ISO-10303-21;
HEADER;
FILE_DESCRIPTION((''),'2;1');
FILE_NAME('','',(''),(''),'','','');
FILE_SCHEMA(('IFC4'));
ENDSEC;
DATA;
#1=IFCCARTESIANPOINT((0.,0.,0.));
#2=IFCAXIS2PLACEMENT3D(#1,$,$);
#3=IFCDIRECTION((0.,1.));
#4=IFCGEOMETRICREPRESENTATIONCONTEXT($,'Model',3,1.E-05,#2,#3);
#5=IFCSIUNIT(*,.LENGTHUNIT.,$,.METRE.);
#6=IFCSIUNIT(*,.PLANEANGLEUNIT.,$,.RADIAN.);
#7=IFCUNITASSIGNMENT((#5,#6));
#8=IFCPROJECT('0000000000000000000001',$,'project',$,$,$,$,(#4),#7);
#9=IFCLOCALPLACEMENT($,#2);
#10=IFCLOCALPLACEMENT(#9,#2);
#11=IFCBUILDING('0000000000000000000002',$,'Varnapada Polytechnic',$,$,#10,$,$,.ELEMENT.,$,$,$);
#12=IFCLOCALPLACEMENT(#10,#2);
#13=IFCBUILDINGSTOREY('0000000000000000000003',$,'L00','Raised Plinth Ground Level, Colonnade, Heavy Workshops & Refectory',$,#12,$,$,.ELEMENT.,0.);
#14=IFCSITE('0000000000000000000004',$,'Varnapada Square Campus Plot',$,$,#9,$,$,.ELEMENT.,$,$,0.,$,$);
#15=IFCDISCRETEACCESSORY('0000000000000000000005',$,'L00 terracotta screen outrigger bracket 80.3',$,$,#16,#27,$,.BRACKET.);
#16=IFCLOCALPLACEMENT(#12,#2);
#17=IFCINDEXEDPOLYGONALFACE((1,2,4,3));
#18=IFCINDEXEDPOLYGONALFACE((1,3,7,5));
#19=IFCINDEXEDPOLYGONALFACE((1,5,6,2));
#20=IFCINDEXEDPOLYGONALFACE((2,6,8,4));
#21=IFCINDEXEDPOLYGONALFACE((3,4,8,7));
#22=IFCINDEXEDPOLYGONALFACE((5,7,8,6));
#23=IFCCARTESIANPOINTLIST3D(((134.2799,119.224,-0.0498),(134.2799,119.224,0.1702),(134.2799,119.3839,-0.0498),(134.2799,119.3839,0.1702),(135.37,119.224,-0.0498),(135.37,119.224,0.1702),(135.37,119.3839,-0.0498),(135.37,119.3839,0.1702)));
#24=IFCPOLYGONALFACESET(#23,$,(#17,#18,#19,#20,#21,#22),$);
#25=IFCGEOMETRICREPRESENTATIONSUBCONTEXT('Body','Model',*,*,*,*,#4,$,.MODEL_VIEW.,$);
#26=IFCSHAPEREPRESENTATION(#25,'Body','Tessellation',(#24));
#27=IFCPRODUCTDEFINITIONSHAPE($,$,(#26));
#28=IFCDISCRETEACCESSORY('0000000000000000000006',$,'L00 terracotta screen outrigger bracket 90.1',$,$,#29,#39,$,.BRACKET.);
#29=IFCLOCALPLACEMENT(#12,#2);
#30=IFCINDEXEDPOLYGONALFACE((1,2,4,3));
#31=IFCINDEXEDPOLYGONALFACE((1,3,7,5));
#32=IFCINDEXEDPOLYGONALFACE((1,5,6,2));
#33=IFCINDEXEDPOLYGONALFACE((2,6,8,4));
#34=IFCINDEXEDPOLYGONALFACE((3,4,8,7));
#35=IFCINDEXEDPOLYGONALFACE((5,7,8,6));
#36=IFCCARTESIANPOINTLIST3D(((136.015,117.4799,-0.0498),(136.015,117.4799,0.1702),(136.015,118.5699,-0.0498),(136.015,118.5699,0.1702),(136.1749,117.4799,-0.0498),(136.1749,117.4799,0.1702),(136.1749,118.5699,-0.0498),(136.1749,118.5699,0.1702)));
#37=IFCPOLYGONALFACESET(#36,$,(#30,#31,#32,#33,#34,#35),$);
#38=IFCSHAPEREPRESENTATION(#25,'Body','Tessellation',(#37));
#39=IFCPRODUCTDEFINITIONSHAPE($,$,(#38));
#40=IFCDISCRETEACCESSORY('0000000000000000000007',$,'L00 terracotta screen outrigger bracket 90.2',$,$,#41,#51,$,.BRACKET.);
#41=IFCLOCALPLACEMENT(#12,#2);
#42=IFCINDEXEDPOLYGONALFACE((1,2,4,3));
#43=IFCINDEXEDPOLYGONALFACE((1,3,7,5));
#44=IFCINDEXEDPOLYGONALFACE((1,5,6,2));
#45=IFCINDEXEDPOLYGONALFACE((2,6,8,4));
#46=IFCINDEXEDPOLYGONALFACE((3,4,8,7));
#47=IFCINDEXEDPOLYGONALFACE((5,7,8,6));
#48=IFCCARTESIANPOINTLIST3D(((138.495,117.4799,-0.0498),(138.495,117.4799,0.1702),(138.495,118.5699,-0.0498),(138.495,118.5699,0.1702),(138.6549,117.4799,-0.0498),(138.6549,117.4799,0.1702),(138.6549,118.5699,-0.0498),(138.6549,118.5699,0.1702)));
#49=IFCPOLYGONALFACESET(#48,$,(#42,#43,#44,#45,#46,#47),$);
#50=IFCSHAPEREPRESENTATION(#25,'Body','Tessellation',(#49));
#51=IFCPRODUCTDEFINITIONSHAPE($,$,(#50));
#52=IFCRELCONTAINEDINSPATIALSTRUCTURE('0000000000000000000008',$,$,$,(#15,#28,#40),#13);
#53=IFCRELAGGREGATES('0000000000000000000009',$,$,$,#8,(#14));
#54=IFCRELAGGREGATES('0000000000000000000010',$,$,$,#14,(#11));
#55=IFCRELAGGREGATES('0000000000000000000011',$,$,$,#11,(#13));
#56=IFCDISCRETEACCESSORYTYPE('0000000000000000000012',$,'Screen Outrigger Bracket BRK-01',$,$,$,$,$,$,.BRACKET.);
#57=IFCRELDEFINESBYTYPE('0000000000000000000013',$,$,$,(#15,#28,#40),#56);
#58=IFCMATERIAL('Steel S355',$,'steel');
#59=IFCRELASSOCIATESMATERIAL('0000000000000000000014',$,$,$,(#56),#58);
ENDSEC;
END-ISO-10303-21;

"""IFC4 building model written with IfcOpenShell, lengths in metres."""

from ifc_helpers import new_model, si_unit, direction, frame, origin, origin_2d, place, context, subcontext, project, spatial, rectangle, extrude, material, type_object, element, save


model = new_model("IFC4")

# Units and contexts
model_context = context("Model", 3, precision=1e-05, world=origin(), true_north=direction((0.0, 1.0)))
body_context = subcontext(model_context, "Body", "Model", "MODEL_VIEW")
ifc_project = project(units=[si_unit("LENGTHUNIT", "METRE"), si_unit("PLANEANGLEUNIT", "RADIAN")], contexts=[model_context])

# Site, building, storey
site_placement = place(None, origin())
site = spatial("IfcSite", under=ifc_project, at=site_placement, Name="Varnapada Square Campus Plot", CompositionType="ELEMENT", RefElevation=0.0)
building_placement = place(site_placement, origin())
building = spatial("IfcBuilding", under=site, at=building_placement, Name="Varnapada Polytechnic", CompositionType="ELEMENT")
storey_placement = place(building_placement, origin())
storey = spatial("IfcBuildingStorey", under=building, at=storey_placement, Name="L00", Description="Raised Plinth Ground Level, Colonnade, Heavy Workshops & Refectory", CompositionType="ELEMENT", Elevation=0.0)

# Discrete accessories
ifc_material_1 = material(Name="Steel S355", Category="steel")
discrete_accessory_type = type_object("IfcDiscreteAccessoryType", Name="Screen Outrigger Bracket BRK-01", PredefinedType="BRACKET", material=ifc_material_1)
for number, where, z_axis, x_axis, name in (
    (1, (134.825, 119.304, -0.0498), (0.0, 0.0, 1.0), (0.0, -1.0, 0.0), "L00 terracotta screen outrigger bracket 80.3"),
    (2, (136.095, 118.0249, -0.0498), (0.0, 0.0, 1.0), (1.0, 0.0, 0.0), "L00 terracotta screen outrigger bracket 90.1"),
    (3, (138.575, 118.0249, -0.0498), (0.0, 0.0, 1.0), (1.0, 0.0, 0.0), "L00 terracotta screen outrigger bracket 90.2"),
):
    element("IfcDiscreteAccessory", number, at=place(storey_placement, frame(where, z_axis=z_axis, x_axis=x_axis)), inside=storey, type_object=discrete_accessory_type, Name=name, PredefinedType="BRACKET", context=body_context, shape_type="SweptSolid", body=[
        extrude(rectangle(XDim=0.1599, YDim=1.0901, at=origin_2d()), origin(), (0.0, 0.0, 1.0), 0.22),
    ])

save(model, "model.ifc")
